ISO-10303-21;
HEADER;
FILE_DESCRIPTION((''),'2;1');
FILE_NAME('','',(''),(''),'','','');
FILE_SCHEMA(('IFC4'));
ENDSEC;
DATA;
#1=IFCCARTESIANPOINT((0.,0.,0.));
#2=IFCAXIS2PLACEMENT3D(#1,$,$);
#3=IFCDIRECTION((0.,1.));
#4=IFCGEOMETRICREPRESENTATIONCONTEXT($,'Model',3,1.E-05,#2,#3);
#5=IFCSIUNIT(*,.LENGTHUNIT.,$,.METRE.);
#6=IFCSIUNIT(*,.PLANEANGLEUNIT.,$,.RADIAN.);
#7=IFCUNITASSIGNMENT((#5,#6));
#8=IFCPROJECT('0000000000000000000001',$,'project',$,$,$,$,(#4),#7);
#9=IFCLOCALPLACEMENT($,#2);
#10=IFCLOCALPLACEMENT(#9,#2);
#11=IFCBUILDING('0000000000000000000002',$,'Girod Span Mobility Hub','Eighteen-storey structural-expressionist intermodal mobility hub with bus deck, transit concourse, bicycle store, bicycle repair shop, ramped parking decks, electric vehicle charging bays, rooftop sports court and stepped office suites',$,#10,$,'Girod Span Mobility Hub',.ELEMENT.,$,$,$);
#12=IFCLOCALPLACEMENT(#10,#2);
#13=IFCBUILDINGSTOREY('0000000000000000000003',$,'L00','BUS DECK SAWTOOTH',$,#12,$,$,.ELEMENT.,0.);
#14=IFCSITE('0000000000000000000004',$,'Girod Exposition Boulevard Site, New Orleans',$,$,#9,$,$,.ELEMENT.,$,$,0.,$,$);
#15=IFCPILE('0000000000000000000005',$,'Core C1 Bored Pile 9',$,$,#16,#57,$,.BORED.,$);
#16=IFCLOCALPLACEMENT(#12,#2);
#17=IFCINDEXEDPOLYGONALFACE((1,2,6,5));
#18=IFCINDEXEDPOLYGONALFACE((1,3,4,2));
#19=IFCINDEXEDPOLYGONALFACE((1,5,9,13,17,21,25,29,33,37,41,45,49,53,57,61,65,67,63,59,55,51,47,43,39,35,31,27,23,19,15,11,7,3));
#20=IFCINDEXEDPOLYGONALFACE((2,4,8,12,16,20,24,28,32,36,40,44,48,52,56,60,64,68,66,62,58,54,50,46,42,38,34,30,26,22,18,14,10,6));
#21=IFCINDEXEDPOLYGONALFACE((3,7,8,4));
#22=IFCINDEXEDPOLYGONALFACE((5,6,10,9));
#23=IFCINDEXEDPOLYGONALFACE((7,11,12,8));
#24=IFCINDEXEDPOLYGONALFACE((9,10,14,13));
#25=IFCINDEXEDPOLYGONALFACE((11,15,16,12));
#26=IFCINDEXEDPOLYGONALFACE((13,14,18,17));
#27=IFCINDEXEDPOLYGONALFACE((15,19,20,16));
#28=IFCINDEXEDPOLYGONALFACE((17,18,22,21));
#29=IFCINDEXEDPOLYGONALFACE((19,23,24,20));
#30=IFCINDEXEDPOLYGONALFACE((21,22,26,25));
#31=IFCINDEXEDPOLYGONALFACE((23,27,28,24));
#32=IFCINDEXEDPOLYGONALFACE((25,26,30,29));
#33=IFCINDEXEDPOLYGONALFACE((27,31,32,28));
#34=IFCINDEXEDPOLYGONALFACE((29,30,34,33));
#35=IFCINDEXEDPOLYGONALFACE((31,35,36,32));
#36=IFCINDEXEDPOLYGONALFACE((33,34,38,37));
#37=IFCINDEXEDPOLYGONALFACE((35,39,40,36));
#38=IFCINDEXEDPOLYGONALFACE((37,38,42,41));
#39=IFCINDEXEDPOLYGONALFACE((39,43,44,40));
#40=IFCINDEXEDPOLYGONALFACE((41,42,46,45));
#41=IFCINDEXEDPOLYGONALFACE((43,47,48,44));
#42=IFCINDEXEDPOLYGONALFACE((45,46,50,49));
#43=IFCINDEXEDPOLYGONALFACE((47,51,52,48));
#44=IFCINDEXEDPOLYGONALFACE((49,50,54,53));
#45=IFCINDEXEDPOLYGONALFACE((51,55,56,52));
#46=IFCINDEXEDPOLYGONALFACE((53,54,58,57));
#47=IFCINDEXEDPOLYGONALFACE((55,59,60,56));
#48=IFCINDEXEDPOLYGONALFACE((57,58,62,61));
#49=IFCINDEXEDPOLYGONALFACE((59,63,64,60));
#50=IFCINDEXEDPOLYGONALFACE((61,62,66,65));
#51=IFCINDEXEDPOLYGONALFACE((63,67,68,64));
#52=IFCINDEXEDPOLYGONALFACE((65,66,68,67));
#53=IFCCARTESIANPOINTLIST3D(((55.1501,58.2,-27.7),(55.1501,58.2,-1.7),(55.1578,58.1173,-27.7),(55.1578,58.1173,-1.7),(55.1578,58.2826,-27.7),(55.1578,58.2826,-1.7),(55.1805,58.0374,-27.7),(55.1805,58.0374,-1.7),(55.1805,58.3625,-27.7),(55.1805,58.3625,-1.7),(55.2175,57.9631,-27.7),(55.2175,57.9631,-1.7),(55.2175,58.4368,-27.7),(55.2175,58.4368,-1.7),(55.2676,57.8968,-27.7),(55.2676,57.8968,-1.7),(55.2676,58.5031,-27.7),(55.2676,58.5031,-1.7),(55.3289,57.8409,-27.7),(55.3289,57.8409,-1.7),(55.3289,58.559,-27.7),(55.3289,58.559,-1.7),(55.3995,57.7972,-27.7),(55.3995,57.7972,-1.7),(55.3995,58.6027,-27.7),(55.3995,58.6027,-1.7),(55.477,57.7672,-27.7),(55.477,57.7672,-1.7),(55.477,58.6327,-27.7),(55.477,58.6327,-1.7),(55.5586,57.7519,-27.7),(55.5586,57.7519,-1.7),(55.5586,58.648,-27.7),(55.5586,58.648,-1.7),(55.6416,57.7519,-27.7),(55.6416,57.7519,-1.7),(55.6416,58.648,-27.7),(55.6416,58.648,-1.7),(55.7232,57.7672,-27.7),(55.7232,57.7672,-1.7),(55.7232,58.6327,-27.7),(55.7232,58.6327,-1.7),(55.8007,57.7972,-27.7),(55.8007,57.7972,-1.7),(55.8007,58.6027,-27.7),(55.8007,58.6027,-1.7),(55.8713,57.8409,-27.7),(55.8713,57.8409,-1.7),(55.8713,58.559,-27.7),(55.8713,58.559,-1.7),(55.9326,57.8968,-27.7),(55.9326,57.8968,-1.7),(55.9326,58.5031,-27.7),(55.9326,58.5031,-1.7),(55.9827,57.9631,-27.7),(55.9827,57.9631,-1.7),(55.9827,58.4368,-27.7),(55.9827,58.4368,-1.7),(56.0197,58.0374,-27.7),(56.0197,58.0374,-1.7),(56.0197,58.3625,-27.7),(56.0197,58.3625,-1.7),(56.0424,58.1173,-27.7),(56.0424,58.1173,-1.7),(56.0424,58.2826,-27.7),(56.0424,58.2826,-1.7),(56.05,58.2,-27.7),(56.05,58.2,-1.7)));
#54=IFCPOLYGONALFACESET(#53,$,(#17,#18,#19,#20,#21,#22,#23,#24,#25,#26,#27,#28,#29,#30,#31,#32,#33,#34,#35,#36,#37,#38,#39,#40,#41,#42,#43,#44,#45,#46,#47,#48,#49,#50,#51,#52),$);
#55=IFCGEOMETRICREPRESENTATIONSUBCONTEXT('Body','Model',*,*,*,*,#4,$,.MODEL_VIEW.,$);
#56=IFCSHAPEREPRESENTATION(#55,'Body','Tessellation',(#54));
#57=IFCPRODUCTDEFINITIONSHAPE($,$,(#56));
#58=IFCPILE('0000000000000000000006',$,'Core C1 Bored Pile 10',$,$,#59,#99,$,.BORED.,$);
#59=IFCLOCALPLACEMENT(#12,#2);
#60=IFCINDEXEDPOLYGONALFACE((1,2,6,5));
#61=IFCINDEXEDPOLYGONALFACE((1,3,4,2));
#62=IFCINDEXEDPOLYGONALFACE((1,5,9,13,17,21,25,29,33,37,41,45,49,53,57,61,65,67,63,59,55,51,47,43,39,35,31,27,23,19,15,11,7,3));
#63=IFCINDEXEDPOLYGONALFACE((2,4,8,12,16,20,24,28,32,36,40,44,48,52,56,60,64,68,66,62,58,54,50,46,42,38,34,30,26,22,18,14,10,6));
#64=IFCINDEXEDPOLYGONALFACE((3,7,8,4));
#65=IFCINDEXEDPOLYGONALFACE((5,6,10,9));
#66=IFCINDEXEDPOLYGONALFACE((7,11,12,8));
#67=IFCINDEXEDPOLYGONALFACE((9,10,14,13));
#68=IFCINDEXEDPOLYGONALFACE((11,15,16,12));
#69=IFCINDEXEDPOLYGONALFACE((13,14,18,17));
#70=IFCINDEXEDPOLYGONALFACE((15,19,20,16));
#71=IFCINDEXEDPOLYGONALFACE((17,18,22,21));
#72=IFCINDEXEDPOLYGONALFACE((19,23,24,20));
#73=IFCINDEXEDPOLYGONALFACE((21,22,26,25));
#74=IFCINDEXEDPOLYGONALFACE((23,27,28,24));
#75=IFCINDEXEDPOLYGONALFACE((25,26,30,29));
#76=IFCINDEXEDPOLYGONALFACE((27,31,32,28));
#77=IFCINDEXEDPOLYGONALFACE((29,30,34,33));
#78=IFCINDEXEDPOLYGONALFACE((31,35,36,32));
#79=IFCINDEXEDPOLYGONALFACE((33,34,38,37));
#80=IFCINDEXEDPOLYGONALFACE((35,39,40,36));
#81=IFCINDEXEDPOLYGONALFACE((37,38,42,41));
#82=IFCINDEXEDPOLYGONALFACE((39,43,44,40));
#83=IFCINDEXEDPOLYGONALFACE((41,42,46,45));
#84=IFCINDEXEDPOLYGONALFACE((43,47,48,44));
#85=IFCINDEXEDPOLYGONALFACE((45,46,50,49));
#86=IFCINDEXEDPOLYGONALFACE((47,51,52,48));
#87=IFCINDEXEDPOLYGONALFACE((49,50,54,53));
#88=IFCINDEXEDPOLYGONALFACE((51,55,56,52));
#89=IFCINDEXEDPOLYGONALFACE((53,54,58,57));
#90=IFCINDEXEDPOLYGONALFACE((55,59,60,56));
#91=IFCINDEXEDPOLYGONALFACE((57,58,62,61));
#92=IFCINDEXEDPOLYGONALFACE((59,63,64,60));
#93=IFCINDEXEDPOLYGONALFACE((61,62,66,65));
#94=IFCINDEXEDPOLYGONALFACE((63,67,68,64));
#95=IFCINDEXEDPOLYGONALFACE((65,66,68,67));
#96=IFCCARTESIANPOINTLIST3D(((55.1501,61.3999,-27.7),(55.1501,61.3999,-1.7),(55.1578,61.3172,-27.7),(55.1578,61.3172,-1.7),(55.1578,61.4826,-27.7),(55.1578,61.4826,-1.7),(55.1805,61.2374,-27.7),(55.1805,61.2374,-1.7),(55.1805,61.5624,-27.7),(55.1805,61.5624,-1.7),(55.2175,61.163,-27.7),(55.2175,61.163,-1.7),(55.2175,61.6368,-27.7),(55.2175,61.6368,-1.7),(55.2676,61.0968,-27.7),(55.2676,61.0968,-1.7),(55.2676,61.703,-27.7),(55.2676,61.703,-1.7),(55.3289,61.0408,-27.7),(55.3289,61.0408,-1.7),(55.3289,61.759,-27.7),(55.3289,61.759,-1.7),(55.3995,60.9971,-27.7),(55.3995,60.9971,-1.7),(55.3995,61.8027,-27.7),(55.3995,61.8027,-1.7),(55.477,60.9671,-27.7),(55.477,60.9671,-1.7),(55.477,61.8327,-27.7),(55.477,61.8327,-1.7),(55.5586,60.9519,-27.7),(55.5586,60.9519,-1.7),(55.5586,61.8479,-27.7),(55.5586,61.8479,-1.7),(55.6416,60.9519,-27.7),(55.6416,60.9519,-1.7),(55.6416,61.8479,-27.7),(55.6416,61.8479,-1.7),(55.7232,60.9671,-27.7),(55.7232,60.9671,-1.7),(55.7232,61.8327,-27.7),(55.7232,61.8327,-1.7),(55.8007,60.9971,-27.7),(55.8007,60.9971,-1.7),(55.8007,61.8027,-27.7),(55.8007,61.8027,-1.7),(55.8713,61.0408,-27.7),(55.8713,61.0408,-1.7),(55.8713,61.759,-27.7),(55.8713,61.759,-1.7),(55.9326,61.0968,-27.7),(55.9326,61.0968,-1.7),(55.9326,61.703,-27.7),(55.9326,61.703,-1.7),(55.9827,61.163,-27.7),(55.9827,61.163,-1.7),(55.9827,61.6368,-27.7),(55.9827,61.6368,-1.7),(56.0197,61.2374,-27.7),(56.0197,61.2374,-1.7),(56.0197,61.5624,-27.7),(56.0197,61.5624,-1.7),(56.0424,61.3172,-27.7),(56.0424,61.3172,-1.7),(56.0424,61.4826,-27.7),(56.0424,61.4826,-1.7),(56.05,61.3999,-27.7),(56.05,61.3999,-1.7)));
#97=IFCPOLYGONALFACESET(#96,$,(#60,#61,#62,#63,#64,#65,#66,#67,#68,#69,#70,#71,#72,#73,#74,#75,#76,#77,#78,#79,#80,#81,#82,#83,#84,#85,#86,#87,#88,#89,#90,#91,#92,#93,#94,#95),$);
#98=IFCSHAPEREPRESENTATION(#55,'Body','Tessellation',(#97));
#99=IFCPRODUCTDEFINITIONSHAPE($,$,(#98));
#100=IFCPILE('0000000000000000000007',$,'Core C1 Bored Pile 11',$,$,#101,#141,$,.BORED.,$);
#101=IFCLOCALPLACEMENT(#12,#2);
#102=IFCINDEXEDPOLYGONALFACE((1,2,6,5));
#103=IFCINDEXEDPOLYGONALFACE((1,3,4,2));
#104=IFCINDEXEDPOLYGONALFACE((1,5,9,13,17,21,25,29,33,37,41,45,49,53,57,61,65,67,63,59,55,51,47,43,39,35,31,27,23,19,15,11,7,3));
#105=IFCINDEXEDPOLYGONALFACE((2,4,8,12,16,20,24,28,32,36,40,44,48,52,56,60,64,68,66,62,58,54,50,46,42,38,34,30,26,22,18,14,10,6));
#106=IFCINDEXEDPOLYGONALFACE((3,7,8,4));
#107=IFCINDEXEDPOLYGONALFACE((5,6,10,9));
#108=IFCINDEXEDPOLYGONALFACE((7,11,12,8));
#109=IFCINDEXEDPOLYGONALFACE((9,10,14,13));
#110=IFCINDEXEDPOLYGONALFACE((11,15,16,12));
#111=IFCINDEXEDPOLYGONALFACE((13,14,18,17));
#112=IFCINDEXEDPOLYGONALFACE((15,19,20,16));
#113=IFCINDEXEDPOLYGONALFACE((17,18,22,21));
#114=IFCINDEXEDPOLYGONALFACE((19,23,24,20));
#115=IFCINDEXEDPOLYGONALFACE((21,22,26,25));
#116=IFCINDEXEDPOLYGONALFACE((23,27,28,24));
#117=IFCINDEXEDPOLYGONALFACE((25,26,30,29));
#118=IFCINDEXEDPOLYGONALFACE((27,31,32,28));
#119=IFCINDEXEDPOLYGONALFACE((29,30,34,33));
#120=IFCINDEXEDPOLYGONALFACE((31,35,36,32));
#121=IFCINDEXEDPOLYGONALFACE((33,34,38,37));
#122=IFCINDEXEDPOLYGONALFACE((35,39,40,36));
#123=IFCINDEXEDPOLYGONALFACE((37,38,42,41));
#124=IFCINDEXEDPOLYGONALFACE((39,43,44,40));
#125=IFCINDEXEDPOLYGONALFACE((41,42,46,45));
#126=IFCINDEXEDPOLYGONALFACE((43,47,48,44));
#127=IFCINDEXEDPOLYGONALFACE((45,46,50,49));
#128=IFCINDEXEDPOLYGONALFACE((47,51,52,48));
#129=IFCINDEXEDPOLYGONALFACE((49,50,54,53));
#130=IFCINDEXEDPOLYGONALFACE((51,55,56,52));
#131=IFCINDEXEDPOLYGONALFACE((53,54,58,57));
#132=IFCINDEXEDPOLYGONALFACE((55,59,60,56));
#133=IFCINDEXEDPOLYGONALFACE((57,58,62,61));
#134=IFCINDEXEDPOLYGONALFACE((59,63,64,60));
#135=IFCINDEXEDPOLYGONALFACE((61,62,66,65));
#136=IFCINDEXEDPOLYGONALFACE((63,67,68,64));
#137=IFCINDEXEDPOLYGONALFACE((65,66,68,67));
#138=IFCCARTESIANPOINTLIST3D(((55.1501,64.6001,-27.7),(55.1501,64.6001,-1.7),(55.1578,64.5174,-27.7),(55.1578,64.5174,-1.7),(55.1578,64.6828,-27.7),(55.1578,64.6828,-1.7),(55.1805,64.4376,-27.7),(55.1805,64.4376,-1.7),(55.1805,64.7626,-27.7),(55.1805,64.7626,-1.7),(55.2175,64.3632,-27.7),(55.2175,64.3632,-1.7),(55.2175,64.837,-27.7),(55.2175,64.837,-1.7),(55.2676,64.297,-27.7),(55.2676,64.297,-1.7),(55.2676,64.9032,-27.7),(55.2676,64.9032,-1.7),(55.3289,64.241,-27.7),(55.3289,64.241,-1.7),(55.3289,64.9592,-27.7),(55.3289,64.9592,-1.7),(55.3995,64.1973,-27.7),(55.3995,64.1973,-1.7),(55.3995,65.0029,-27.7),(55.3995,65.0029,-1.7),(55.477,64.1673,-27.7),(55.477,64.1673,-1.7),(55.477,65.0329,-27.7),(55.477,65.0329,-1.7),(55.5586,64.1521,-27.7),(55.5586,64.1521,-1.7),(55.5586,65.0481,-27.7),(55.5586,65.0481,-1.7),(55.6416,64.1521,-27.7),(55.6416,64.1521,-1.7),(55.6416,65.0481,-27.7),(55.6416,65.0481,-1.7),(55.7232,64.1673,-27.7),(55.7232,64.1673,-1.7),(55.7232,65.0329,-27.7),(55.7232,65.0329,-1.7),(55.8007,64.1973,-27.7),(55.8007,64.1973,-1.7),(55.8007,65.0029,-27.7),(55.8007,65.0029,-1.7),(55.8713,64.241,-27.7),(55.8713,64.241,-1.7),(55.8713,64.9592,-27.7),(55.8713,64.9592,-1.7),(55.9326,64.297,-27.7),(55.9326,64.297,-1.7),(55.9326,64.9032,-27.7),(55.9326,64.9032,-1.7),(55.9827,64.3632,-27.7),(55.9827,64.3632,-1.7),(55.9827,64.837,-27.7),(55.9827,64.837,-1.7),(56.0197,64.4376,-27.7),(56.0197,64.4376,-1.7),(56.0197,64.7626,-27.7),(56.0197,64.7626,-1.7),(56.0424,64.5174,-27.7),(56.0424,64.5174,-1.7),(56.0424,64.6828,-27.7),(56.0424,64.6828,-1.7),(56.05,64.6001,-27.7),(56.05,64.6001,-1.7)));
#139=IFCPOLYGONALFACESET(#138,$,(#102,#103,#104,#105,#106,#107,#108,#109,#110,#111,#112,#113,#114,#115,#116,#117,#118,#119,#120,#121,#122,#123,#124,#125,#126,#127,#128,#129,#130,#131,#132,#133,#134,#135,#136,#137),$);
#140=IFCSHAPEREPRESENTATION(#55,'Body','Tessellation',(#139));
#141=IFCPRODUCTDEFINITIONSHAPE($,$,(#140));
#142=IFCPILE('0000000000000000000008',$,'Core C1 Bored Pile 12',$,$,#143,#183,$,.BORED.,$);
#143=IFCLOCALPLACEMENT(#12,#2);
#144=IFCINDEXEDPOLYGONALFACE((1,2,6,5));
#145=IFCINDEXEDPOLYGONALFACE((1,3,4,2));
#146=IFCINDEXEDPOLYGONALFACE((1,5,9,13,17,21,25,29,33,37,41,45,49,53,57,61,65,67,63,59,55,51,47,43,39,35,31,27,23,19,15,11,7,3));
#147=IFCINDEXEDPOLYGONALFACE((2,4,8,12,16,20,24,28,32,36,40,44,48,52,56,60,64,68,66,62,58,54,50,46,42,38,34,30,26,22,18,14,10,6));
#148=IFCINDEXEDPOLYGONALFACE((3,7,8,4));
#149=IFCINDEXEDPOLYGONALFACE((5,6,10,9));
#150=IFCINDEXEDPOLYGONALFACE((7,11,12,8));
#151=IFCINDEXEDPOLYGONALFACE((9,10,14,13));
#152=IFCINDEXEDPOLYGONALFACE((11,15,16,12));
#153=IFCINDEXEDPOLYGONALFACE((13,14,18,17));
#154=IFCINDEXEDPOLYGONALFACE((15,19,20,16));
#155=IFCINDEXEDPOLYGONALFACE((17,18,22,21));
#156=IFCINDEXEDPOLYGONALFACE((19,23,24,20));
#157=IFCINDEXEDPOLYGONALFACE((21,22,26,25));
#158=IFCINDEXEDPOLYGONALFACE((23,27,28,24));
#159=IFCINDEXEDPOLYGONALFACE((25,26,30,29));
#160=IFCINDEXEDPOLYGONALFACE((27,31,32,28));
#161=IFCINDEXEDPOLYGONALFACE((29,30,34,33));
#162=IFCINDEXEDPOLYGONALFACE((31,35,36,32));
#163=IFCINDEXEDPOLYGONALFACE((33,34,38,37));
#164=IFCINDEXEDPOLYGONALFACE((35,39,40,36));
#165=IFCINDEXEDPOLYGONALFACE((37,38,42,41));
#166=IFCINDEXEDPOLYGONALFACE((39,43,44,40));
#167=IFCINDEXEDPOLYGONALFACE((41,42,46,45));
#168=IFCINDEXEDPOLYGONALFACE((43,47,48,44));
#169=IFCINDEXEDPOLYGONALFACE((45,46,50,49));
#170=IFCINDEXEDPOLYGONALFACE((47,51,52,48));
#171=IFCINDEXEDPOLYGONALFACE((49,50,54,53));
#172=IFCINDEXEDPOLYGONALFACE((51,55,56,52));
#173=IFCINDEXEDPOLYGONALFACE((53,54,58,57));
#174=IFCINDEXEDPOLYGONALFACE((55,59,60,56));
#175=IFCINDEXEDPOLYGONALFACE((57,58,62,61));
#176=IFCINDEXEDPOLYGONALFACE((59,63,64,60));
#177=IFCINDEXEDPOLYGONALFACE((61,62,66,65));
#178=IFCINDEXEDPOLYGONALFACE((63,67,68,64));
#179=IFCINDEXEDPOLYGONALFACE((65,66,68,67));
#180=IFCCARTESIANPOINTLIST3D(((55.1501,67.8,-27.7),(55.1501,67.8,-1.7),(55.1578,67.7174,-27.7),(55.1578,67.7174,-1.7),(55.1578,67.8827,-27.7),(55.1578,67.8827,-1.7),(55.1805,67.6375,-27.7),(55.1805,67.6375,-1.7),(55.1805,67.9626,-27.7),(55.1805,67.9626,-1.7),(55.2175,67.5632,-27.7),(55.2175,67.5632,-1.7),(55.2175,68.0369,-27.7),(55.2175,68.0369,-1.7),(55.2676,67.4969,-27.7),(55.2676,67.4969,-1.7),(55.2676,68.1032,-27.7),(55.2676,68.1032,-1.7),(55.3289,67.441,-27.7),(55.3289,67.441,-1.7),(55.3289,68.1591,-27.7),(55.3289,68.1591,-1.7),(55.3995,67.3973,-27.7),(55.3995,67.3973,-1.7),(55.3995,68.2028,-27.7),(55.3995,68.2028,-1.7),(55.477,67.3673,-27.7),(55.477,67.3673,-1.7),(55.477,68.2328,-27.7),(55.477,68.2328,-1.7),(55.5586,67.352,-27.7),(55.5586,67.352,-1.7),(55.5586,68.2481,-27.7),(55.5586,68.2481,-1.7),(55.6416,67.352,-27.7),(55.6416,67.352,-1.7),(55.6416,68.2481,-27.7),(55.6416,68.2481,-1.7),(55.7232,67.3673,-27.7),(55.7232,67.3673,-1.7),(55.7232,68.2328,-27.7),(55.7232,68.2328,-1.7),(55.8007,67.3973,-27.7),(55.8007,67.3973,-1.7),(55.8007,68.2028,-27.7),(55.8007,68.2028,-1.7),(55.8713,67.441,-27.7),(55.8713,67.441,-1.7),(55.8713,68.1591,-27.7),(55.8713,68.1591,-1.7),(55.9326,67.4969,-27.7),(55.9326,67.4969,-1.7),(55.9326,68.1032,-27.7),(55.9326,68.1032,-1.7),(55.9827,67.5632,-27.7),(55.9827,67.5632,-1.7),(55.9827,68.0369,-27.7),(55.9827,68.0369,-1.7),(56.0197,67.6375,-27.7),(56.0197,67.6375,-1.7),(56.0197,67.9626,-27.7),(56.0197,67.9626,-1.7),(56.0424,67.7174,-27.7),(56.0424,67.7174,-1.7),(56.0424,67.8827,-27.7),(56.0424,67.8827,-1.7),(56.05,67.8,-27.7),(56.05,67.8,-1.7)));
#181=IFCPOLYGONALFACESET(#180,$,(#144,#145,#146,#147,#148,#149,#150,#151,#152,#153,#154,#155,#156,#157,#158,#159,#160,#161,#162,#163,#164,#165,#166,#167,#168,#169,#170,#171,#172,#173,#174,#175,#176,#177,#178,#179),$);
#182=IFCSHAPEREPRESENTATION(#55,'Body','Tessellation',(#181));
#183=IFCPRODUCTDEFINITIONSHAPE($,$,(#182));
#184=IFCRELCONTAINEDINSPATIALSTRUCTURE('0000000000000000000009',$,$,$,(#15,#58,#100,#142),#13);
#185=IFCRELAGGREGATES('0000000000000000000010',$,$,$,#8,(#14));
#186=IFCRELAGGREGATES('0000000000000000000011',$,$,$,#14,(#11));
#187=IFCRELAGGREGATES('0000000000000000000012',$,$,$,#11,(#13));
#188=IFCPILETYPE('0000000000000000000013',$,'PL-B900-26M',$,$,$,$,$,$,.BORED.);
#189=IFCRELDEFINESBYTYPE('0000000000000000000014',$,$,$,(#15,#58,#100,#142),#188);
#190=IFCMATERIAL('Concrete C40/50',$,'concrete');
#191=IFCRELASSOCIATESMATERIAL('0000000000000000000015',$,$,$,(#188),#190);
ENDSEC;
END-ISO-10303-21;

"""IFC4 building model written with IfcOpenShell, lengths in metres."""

from ifc_helpers import new_model, si_unit, direction, frame, origin, origin_2d, place, context, subcontext, project, spatial, circle, extrude, material, material_profile, profile_set, type_object, element, save


model = new_model("IFC4")

# Units and contexts
model_context = context("Model", 3, precision=1e-05, world=origin(), true_north=direction((0.0, 1.0)))
body_context = subcontext(model_context, "Body", "Model", "MODEL_VIEW")
ifc_project = project(units=[si_unit("LENGTHUNIT", "METRE"), si_unit("PLANEANGLEUNIT", "RADIAN")], contexts=[model_context])

# Site, building, storey
site_placement = place(None, origin())
site = spatial("IfcSite", under=ifc_project, at=site_placement, Name="Girod Exposition Boulevard Site, New Orleans", CompositionType="ELEMENT", RefElevation=0.0)
building_placement = place(site_placement, origin())
building = spatial("IfcBuilding", under=site, at=building_placement, Name="Girod Span Mobility Hub", Description="Eighteen-storey structural-expressionist intermodal mobility hub with bus deck, transit concourse, bicycle store, bicycle repair shop, ramped parking decks, electric vehicle charging bays, rooftop sports court and stepped office suites", LongName="Girod Span Mobility Hub", CompositionType="ELEMENT")
storey_placement = place(building_placement, origin())
storey = spatial("IfcBuildingStorey", under=building, at=storey_placement, Name="L00", Description="BUS DECK SAWTOOTH", CompositionType="ELEMENT", Elevation=0.0)

# Piles
ifc_material_1 = material(Name="Concrete C40/50", Category="concrete")
ifc_material_profile_1 = material_profile(ifc_material_1, circle(Radius=0.45, at=origin_2d()), Name="PILE-D900")
ifc_profile_set_1 = profile_set([ifc_material_profile_1], Name="Concrete C40/50")
pile_type = type_object("IfcPileType", Name="PL-B900-26M", PredefinedType="BORED", material=ifc_profile_set_1)
for number, where, z_axis, x_axis, name in (
    (1, (55.6001, 58.2, -1.7), (0.0, 0.0, -1.0), (1.0, 0.0, 0.0), "Core C1 Bored Pile 9"),
    (2, (55.6001, 61.3999, -1.7), (0.0, 0.0, -1.0), (1.0, 0.0, 0.0), "Core C1 Bored Pile 10"),
    (3, (55.6001, 64.6001, -1.7), (0.0, 0.0, -1.0), (1.0, 0.0, 0.0), "Core C1 Bored Pile 11"),
    (4, (55.6001, 67.8, -1.7), (0.0, 0.0, -1.0), (1.0, 0.0, 0.0), "Core C1 Bored Pile 12"),
):
    element("IfcPile", number, at=place(storey_placement, frame(where, z_axis=z_axis, x_axis=x_axis)), inside=storey, type_object=pile_type, Name=name, PredefinedType="BORED", context=body_context, shape_type="SweptSolid", body=[
        extrude(circle(Radius=0.45, at=origin_2d()), origin(), (0.0, 0.0, 1.0), 26.0),
    ])

save(model, "model.ifc")
